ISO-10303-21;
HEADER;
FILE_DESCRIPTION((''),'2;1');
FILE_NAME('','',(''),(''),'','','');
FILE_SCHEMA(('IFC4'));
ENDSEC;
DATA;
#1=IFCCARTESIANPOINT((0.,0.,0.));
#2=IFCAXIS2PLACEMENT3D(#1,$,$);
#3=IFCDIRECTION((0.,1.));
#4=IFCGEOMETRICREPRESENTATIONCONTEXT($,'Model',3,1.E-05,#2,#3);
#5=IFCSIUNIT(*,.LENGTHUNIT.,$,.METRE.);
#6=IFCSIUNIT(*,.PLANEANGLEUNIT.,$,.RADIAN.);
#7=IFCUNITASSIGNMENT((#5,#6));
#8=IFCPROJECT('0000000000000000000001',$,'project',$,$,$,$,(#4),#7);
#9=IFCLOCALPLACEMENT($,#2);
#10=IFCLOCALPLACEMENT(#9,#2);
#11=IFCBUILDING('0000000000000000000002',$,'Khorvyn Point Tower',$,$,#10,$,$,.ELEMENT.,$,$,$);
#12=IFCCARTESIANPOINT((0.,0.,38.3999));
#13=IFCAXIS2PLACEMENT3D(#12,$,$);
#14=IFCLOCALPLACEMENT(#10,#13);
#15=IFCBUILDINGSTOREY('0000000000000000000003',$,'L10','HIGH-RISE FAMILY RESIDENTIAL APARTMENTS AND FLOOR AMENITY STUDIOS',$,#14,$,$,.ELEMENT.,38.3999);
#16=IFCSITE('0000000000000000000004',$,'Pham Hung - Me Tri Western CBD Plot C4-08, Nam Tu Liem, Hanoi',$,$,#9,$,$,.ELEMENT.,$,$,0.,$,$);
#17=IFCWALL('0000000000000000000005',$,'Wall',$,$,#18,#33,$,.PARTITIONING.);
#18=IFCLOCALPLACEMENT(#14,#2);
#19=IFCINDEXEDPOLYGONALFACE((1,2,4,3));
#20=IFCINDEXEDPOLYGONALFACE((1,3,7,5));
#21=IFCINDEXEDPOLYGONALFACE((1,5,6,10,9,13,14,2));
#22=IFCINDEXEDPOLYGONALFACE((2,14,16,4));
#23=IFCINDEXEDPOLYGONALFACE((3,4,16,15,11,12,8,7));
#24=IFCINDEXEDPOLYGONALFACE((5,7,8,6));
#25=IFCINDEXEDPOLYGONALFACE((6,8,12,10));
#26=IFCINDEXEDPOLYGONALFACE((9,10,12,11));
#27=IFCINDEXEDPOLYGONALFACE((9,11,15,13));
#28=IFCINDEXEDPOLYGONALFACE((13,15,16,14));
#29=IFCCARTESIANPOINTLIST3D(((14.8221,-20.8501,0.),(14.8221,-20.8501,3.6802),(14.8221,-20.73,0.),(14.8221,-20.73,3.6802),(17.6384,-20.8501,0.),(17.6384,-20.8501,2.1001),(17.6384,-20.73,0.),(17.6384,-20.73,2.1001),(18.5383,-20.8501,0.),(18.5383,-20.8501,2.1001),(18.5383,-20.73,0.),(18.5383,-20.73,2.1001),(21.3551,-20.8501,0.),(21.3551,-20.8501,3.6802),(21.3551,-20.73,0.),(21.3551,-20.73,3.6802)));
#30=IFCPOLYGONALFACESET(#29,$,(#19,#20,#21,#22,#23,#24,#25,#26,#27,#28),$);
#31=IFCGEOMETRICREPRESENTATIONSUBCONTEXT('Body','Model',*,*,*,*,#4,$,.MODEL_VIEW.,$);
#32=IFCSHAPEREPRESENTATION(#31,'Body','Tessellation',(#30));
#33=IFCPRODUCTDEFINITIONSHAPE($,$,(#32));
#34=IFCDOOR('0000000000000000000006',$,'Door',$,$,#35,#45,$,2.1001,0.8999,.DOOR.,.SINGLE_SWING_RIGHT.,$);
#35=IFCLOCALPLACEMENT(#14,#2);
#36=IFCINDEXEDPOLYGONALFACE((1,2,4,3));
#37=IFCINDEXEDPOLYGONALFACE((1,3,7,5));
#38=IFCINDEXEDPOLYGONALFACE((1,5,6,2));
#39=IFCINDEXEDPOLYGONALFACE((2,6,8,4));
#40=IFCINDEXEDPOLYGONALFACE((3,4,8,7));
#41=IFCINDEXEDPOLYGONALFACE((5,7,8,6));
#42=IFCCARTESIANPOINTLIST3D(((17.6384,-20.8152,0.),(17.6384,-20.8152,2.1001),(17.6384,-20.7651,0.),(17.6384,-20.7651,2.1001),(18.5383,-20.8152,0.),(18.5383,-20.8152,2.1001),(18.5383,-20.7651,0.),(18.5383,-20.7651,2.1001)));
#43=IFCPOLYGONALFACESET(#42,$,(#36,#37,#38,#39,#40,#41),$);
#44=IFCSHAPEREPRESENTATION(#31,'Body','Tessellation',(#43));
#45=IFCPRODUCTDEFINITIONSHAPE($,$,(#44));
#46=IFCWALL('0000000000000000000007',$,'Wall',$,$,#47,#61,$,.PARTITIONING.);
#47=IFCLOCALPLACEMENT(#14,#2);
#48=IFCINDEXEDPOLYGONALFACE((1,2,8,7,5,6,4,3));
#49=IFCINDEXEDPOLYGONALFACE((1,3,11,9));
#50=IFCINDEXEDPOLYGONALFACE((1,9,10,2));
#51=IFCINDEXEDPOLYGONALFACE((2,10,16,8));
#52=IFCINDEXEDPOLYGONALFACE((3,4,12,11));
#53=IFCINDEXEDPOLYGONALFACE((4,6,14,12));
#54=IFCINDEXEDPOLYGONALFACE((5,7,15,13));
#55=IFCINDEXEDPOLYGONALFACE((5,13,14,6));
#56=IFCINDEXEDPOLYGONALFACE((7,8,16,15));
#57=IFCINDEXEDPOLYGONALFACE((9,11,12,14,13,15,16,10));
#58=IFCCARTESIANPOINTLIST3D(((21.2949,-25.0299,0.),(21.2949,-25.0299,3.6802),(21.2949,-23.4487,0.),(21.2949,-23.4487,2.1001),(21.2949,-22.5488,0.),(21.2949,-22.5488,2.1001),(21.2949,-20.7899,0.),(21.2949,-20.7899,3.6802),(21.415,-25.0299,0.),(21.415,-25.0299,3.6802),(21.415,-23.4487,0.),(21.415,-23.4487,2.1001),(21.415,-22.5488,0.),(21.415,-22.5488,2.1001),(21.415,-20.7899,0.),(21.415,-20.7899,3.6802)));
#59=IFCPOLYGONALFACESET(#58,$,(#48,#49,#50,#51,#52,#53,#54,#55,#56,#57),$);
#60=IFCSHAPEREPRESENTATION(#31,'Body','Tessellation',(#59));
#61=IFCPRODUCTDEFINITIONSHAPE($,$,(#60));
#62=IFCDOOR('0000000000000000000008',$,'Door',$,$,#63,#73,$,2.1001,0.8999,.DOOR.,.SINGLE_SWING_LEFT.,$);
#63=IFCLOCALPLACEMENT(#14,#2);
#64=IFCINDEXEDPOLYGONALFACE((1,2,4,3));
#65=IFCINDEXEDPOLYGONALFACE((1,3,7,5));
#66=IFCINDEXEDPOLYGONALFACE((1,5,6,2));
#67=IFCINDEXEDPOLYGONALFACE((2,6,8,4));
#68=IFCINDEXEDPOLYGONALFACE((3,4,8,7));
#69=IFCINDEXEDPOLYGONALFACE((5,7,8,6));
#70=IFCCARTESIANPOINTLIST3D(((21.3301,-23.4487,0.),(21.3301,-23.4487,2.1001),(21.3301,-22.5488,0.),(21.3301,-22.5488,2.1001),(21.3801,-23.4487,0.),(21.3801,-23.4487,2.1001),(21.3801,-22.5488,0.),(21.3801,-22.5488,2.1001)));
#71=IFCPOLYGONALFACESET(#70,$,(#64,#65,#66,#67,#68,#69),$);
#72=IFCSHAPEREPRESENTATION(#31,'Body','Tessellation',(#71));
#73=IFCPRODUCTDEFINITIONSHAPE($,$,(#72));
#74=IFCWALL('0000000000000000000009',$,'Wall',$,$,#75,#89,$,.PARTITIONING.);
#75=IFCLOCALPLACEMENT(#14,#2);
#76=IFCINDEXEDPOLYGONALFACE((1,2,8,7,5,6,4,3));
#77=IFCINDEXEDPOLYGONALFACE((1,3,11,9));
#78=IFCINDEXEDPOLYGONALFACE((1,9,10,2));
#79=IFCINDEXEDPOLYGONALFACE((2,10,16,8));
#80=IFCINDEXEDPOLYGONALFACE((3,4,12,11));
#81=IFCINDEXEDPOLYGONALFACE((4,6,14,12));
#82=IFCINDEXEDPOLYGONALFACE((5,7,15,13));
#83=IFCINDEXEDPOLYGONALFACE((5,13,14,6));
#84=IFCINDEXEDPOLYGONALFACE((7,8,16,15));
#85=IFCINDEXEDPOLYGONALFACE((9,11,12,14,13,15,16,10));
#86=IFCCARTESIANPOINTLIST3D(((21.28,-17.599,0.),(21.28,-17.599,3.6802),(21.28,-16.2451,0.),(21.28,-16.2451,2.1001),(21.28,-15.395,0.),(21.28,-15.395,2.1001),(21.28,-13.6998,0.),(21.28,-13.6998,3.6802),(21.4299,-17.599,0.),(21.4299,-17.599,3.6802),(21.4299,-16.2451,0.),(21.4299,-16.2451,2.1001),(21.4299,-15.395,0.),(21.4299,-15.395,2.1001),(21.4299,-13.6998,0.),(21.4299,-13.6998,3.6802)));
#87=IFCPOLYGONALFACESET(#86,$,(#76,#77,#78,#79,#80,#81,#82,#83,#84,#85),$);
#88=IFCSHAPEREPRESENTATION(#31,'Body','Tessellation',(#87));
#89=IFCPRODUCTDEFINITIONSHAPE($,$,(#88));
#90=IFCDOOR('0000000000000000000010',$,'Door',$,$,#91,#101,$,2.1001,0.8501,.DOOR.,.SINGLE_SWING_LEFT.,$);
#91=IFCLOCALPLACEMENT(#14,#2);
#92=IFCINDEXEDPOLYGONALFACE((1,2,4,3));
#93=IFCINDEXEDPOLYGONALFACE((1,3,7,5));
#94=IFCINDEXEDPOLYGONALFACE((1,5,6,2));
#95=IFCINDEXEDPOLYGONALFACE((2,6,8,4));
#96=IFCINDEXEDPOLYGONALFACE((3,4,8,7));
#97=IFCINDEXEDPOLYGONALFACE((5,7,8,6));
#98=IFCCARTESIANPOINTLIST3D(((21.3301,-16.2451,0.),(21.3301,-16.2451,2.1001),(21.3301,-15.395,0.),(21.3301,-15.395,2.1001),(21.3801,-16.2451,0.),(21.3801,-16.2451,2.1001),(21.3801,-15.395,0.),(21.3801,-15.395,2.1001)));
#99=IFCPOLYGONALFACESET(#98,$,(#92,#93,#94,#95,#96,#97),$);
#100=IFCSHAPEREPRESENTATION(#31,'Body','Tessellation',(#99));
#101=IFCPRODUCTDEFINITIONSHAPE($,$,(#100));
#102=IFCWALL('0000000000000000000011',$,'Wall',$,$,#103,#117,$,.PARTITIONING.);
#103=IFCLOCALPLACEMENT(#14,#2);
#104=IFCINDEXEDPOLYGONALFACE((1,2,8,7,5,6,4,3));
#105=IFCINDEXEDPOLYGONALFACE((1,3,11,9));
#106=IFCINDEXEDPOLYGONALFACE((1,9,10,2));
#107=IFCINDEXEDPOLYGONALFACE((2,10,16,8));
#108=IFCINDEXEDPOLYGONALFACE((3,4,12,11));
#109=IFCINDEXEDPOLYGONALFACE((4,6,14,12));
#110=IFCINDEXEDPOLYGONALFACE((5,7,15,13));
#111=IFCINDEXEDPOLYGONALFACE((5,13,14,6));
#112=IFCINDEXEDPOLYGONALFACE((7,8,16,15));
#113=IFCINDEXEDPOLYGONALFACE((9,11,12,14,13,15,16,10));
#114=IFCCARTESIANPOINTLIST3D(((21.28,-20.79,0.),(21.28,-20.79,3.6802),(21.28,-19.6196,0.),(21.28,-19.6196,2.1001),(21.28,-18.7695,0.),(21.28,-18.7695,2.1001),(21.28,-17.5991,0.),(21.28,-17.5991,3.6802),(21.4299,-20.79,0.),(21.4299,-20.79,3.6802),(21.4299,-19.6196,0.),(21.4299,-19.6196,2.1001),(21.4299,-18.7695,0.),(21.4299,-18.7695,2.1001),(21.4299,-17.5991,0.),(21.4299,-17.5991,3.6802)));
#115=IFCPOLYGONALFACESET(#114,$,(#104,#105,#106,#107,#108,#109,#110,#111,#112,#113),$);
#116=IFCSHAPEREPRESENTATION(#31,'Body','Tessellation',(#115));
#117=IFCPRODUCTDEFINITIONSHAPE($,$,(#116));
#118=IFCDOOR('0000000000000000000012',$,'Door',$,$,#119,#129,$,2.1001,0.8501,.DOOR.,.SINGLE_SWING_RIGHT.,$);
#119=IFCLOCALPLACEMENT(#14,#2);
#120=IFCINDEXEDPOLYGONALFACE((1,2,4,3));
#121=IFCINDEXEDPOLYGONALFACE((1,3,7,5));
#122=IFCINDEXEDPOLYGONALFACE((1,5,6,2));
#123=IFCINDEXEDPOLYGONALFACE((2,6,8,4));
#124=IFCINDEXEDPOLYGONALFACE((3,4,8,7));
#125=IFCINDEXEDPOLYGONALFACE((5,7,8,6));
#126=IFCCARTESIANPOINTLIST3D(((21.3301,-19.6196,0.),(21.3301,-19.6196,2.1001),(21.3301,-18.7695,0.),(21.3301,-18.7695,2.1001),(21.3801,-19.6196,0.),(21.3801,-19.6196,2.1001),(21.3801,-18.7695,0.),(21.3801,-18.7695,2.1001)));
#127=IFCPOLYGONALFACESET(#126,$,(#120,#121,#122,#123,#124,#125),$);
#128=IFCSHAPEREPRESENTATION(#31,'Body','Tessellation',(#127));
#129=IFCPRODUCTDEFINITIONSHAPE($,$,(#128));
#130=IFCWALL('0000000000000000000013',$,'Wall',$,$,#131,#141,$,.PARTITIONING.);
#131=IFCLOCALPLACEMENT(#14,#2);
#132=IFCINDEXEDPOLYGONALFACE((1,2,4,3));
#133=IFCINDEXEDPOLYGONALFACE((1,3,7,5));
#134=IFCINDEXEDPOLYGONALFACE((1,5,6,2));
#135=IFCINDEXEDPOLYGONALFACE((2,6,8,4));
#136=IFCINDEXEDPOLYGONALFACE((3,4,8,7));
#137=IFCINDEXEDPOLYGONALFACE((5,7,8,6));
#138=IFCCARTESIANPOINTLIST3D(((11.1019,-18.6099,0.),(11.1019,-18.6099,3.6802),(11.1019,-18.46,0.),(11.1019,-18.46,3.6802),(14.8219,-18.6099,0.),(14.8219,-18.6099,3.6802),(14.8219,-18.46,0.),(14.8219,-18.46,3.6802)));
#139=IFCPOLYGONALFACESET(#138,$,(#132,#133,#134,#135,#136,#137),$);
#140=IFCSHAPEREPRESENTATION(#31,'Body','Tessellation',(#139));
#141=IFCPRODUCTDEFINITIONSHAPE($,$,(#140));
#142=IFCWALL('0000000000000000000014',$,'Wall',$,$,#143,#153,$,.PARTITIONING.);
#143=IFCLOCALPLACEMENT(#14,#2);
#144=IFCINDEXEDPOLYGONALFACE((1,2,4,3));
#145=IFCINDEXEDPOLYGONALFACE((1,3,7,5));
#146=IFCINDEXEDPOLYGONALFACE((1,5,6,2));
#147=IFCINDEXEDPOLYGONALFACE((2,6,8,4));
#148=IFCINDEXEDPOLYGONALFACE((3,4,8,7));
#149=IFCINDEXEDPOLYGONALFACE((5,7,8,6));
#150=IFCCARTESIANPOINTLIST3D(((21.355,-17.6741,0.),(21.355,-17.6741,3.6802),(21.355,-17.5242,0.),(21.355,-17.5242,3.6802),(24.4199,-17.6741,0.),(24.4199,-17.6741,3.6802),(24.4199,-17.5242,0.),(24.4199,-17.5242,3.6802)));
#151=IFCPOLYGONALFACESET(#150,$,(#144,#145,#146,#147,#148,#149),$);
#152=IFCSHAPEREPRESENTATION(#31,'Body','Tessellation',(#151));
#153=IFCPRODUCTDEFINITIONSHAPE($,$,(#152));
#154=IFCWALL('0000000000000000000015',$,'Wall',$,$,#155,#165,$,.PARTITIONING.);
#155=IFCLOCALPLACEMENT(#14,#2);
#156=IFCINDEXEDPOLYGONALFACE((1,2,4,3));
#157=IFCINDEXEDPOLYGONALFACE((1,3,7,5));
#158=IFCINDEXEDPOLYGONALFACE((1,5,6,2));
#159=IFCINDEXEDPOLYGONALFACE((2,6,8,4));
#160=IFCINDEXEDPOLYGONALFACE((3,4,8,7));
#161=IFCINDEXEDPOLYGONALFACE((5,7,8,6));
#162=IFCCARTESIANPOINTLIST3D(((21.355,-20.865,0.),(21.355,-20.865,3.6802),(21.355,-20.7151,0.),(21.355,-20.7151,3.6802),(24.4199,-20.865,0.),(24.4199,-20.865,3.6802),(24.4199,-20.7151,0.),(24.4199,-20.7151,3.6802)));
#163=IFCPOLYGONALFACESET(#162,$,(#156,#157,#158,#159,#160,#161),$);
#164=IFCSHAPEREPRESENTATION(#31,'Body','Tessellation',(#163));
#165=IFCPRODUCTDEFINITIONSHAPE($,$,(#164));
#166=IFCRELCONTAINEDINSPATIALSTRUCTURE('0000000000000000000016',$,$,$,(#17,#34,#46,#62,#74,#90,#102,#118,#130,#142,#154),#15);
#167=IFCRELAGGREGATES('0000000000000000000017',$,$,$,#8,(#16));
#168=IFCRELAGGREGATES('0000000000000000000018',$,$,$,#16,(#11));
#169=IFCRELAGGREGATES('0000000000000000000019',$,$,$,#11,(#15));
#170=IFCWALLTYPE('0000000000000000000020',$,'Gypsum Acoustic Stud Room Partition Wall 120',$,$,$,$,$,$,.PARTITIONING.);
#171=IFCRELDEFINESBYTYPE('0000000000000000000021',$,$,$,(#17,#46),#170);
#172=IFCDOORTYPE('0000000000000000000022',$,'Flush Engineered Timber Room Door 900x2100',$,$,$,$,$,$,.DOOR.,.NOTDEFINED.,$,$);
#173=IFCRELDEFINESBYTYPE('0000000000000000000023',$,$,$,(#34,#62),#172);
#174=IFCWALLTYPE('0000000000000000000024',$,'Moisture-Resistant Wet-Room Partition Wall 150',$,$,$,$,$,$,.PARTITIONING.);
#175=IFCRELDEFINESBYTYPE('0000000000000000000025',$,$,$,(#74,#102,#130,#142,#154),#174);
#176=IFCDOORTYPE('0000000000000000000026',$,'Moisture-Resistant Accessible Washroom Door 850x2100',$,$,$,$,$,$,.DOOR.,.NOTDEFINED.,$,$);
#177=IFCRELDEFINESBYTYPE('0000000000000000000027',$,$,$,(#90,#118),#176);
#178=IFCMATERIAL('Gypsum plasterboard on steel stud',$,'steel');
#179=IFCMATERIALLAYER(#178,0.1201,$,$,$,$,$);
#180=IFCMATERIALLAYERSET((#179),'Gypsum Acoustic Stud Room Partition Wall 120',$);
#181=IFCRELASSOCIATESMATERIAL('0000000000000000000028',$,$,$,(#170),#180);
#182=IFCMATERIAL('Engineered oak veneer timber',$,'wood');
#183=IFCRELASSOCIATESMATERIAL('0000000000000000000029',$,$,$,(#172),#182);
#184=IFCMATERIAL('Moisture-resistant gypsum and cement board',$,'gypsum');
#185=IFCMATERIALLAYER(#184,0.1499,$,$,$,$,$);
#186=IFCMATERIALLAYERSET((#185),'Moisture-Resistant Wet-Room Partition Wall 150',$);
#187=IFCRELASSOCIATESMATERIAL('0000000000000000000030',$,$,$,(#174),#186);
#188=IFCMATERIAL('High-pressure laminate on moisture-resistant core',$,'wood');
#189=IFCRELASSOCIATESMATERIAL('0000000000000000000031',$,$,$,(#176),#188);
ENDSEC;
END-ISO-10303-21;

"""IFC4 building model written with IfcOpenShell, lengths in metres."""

from ifc_helpers import new_model, si_unit, direction, frame, frame_2d, origin, place, context, subcontext, project, spatial, rectangle, extrude, material, layer, layer_set, type_object, element, fill, save


model = new_model("IFC4")

# Units and contexts
model_context = context("Model", 3, precision=1e-05, world=origin(), true_north=direction((0.0, 1.0)))
body_context = subcontext(model_context, "Body", "Model", "MODEL_VIEW")
ifc_project = project(units=[si_unit("LENGTHUNIT", "METRE"), si_unit("PLANEANGLEUNIT", "RADIAN")], contexts=[model_context])

# Site, building, storey
site_placement = place(None, origin())
site = spatial("IfcSite", under=ifc_project, at=site_placement, Name="Pham Hung - Me Tri Western CBD Plot C4-08, Nam Tu Liem, Hanoi", CompositionType="ELEMENT", RefElevation=0.0)
building_placement = place(site_placement, origin())
building = spatial("IfcBuilding", under=site, at=building_placement, Name="Khorvyn Point Tower", CompositionType="ELEMENT")
storey_placement = place(building_placement, frame((0.0, 0.0, 38.3999)))
storey = spatial("IfcBuildingStorey", under=building, at=storey_placement, Name="L10", Description="HIGH-RISE FAMILY RESIDENTIAL APARTMENTS AND FLOOR AMENITY STUDIOS", CompositionType="ELEMENT", Elevation=38.3999)

# Walls, openings, doors
ifc_material_1 = material(Name="Gypsum plasterboard on steel stud", Category="steel")
ifc_layer_1 = layer(ifc_material_1, 0.1201)
ifc_layer_set_1 = layer_set([ifc_layer_1], Name="Gypsum Acoustic Stud Room Partition Wall 120")
wall_type_1 = type_object("IfcWallType", Name="Gypsum Acoustic Stud Room Partition Wall 120", PredefinedType="PARTITIONING", material=ifc_layer_set_1)
wall_1_placement = place(storey_placement, frame((14.822, -20.79, 0.0), z_axis=(0.0, 0.0, 1.0), x_axis=(1.0, 0.0, 0.0)))
wall_1 = element("IfcWall", 1, at=wall_1_placement, inside=storey, type_object=wall_type_1, Name="Wall", PredefinedType="PARTITIONING", context=body_context, shape_type="SweptSolid", body=[
    extrude(rectangle(XDim=6.533, YDim=0.1201, at=frame_2d((3.2666, 0.0))), origin(), (0.0, 0.0, 1.0), 3.6802),
])
opening_1_placement = place(wall_1_placement, frame((2.8164, 0.0, 0.0)))
opening_1 = element("IfcOpeningElement", 2, at=opening_1_placement, cuts=wall_1, PredefinedType="OPENING", context=body_context, shape_type="SweptSolid", body=[
    extrude(rectangle(XDim=0.8999, YDim=2.1001, at=frame_2d((0.45, 1.05))), frame((0.0, 0.0701, 0.0), z_axis=(0.0, -1.0, 0.0), x_axis=(1.0, 0.0, 0.0)), (0.0, 0.0, 1.0), 0.1401),
])
ifc_material_2 = material(Name="Engineered oak veneer timber", Category="wood")
door_type_1 = type_object("IfcDoorType", Name="Flush Engineered Timber Room Door 900x2100", OperationType="NOTDEFINED", PredefinedType="DOOR", material=ifc_material_2)
door_1_placement = place(opening_1_placement, origin())
door_1 = element("IfcDoor", 3, at=door_1_placement, inside=storey, type_object=door_type_1, Name="Door", OperationType="SINGLE_SWING_RIGHT", OverallHeight=2.1001, OverallWidth=0.8999, PredefinedType="DOOR", context=body_context, shape_type="SweptSolid", body=[
    extrude(rectangle(XDim=0.8999, YDim=2.1001, at=frame_2d((0.45, 1.05))), frame((0.0, 0.0249, 0.0), z_axis=(0.0, -1.0, 0.0), x_axis=(1.0, 0.0, 0.0)), (0.0, 0.0, 1.0), 0.05),
])
fill(opening_1, door_1)
wall_2_placement = place(storey_placement, frame((21.355, -25.03, 0.0), z_axis=(0.0, 0.0, 1.0), x_axis=(0.0, 1.0, 0.0)))
wall_2 = element("IfcWall", 4, at=wall_2_placement, inside=storey, type_object=wall_type_1, Name="Wall", PredefinedType="PARTITIONING", context=body_context, shape_type="SweptSolid", body=[
    extrude(rectangle(XDim=4.24, YDim=0.1201, at=frame_2d((2.1201, 0.0))), origin(), (0.0, 0.0, 1.0), 3.6802),
])
opening_2_placement = place(wall_2_placement, frame((1.5813, 0.0, 0.0)))
opening_2 = element("IfcOpeningElement", 5, at=opening_2_placement, cuts=wall_2, PredefinedType="OPENING", context=body_context, shape_type="SweptSolid", body=[
    extrude(rectangle(XDim=0.8999, YDim=2.1001, at=frame_2d((0.45, 1.05))), frame((0.0, 0.0701, 0.0), z_axis=(0.0, -1.0, 0.0), x_axis=(1.0, 0.0, 0.0)), (0.0, 0.0, 1.0), 0.1401),
])
door_2_placement = place(opening_2_placement, origin())
door_2 = element("IfcDoor", 6, at=door_2_placement, inside=storey, type_object=door_type_1, Name="Door", OperationType="SINGLE_SWING_LEFT", OverallHeight=2.1001, OverallWidth=0.8999, PredefinedType="DOOR", context=body_context, shape_type="SweptSolid", body=[
    extrude(rectangle(XDim=0.8999, YDim=2.1001, at=frame_2d((0.45, 1.05))), frame((0.0, 0.0249, 0.0), z_axis=(0.0, -1.0, 0.0), x_axis=(1.0, 0.0, 0.0)), (0.0, 0.0, 1.0), 0.05),
])
fill(opening_2, door_2)
ifc_material_3 = material(Name="Moisture-resistant gypsum and cement board", Category="gypsum")
ifc_layer_2 = layer(ifc_material_3, 0.1499)
ifc_layer_set_2 = layer_set([ifc_layer_2], Name="Moisture-Resistant Wet-Room Partition Wall 150")
wall_type_2 = type_object("IfcWallType", Name="Moisture-Resistant Wet-Room Partition Wall 150", PredefinedType="PARTITIONING", material=ifc_layer_set_2)
wall_3_placement = place(storey_placement, frame((21.355, -17.5991, 0.0), z_axis=(0.0, 0.0, 1.0), x_axis=(0.0, 1.0, 0.0)))
wall_3 = element("IfcWall", 7, at=wall_3_placement, inside=storey, type_object=wall_type_2, Name="Wall", PredefinedType="PARTITIONING", context=body_context, shape_type="SweptSolid", body=[
    extrude(rectangle(XDim=3.8992, YDim=0.1499, at=frame_2d((1.9497, 0.0))), origin(), (0.0, 0.0, 1.0), 3.6802),
])
opening_3_placement = place(wall_3_placement, frame((1.354, 0.0, 0.0)))
opening_3 = element("IfcOpeningElement", 8, at=opening_3_placement, cuts=wall_3, PredefinedType="OPENING", context=body_context, shape_type="SweptSolid", body=[
    extrude(rectangle(XDim=0.8501, YDim=2.1001, at=frame_2d((0.425, 1.05))), frame((0.0, 0.085, 0.0), z_axis=(0.0, -1.0, 0.0), x_axis=(1.0, 0.0, 0.0)), (0.0, 0.0, 1.0), 0.1699),
])
ifc_material_4 = material(Name="High-pressure laminate on moisture-resistant core", Category="wood")
door_type_2 = type_object("IfcDoorType", Name="Moisture-Resistant Accessible Washroom Door 850x2100", OperationType="NOTDEFINED", PredefinedType="DOOR", material=ifc_material_4)
door_3_placement = place(opening_3_placement, origin())
door_3 = element("IfcDoor", 9, at=door_3_placement, inside=storey, type_object=door_type_2, Name="Door", OperationType="SINGLE_SWING_LEFT", OverallHeight=2.1001, OverallWidth=0.8501, PredefinedType="DOOR", context=body_context, shape_type="SweptSolid", body=[
    extrude(rectangle(XDim=0.8501, YDim=2.1001, at=frame_2d((0.425, 1.05))), frame((0.0, 0.0249, 0.0), z_axis=(0.0, -1.0, 0.0), x_axis=(1.0, 0.0, 0.0)), (0.0, 0.0, 1.0), 0.05),
])
fill(opening_3, door_3)
wall_4_placement = place(storey_placement, frame((21.355, -20.79, 0.0), z_axis=(0.0, 0.0, 1.0), x_axis=(0.0, 1.0, 0.0)))
wall_4 = element("IfcWall", 10, at=wall_4_placement, inside=storey, type_object=wall_type_2, Name="Wall", PredefinedType="PARTITIONING", context=body_context, shape_type="SweptSolid", body=[
    extrude(rectangle(XDim=3.1909, YDim=0.1499, at=frame_2d((1.5955, 0.0))), origin(), (0.0, 0.0, 1.0), 3.6802),
])
opening_4_placement = place(wall_4_placement, frame((1.1704, 0.0, 0.0)))
opening_4 = element("IfcOpeningElement", 11, at=opening_4_placement, cuts=wall_4, PredefinedType="OPENING", context=body_context, shape_type="SweptSolid", body=[
    extrude(rectangle(XDim=0.8501, YDim=2.1001, at=frame_2d((0.425, 1.05))), frame((0.0, 0.085, 0.0), z_axis=(0.0, -1.0, 0.0), x_axis=(1.0, 0.0, 0.0)), (0.0, 0.0, 1.0), 0.1699),
])
door_4_placement = place(opening_4_placement, origin())
door_4 = element("IfcDoor", 12, at=door_4_placement, inside=storey, type_object=door_type_2, Name="Door", OperationType="SINGLE_SWING_RIGHT", OverallHeight=2.1001, OverallWidth=0.8501, PredefinedType="DOOR", context=body_context, shape_type="SweptSolid", body=[
    extrude(rectangle(XDim=0.8501, YDim=2.1001, at=frame_2d((0.425, 1.05))), frame((0.0, 0.0249, 0.0), z_axis=(0.0, -1.0, 0.0), x_axis=(1.0, 0.0, 0.0)), (0.0, 0.0, 1.0), 0.05),
])
fill(opening_4, door_4)

# Walls
wall_5_placement = place(storey_placement, frame((11.1021, -18.5349, 0.0), z_axis=(0.0, 0.0, 1.0), x_axis=(1.0, 0.0, 0.0)))
element("IfcWall", 13, at=wall_5_placement, inside=storey, type_object=wall_type_2, Name="Wall", PredefinedType="PARTITIONING", context=body_context, shape_type="SweptSolid", body=[
    extrude(rectangle(XDim=3.72, YDim=0.1499, at=frame_2d((1.8599, 0.0))), origin(), (0.0, 0.0, 1.0), 3.6802),
])
for number, where, z_axis, x_axis, name in (
    (14, (21.355, -17.5991, 0.0), (0.0, 0.0, 1.0), (1.0, 0.0, 0.0), "Wall"),
    (15, (21.355, -20.79, 0.0), (0.0, 0.0, 1.0), (1.0, 0.0, 0.0), "Wall"),
):
    element("IfcWall", number, at=place(storey_placement, frame(where, z_axis=z_axis, x_axis=x_axis)), inside=storey, type_object=wall_type_2, Name=name, PredefinedType="PARTITIONING", context=body_context, shape_type="SweptSolid", body=[
        extrude(rectangle(XDim=3.0649, YDim=0.1499, at=frame_2d((1.5325, 0.0))), origin(), (0.0, 0.0, 1.0), 3.6802),
    ])

save(model, "model.ifc")
